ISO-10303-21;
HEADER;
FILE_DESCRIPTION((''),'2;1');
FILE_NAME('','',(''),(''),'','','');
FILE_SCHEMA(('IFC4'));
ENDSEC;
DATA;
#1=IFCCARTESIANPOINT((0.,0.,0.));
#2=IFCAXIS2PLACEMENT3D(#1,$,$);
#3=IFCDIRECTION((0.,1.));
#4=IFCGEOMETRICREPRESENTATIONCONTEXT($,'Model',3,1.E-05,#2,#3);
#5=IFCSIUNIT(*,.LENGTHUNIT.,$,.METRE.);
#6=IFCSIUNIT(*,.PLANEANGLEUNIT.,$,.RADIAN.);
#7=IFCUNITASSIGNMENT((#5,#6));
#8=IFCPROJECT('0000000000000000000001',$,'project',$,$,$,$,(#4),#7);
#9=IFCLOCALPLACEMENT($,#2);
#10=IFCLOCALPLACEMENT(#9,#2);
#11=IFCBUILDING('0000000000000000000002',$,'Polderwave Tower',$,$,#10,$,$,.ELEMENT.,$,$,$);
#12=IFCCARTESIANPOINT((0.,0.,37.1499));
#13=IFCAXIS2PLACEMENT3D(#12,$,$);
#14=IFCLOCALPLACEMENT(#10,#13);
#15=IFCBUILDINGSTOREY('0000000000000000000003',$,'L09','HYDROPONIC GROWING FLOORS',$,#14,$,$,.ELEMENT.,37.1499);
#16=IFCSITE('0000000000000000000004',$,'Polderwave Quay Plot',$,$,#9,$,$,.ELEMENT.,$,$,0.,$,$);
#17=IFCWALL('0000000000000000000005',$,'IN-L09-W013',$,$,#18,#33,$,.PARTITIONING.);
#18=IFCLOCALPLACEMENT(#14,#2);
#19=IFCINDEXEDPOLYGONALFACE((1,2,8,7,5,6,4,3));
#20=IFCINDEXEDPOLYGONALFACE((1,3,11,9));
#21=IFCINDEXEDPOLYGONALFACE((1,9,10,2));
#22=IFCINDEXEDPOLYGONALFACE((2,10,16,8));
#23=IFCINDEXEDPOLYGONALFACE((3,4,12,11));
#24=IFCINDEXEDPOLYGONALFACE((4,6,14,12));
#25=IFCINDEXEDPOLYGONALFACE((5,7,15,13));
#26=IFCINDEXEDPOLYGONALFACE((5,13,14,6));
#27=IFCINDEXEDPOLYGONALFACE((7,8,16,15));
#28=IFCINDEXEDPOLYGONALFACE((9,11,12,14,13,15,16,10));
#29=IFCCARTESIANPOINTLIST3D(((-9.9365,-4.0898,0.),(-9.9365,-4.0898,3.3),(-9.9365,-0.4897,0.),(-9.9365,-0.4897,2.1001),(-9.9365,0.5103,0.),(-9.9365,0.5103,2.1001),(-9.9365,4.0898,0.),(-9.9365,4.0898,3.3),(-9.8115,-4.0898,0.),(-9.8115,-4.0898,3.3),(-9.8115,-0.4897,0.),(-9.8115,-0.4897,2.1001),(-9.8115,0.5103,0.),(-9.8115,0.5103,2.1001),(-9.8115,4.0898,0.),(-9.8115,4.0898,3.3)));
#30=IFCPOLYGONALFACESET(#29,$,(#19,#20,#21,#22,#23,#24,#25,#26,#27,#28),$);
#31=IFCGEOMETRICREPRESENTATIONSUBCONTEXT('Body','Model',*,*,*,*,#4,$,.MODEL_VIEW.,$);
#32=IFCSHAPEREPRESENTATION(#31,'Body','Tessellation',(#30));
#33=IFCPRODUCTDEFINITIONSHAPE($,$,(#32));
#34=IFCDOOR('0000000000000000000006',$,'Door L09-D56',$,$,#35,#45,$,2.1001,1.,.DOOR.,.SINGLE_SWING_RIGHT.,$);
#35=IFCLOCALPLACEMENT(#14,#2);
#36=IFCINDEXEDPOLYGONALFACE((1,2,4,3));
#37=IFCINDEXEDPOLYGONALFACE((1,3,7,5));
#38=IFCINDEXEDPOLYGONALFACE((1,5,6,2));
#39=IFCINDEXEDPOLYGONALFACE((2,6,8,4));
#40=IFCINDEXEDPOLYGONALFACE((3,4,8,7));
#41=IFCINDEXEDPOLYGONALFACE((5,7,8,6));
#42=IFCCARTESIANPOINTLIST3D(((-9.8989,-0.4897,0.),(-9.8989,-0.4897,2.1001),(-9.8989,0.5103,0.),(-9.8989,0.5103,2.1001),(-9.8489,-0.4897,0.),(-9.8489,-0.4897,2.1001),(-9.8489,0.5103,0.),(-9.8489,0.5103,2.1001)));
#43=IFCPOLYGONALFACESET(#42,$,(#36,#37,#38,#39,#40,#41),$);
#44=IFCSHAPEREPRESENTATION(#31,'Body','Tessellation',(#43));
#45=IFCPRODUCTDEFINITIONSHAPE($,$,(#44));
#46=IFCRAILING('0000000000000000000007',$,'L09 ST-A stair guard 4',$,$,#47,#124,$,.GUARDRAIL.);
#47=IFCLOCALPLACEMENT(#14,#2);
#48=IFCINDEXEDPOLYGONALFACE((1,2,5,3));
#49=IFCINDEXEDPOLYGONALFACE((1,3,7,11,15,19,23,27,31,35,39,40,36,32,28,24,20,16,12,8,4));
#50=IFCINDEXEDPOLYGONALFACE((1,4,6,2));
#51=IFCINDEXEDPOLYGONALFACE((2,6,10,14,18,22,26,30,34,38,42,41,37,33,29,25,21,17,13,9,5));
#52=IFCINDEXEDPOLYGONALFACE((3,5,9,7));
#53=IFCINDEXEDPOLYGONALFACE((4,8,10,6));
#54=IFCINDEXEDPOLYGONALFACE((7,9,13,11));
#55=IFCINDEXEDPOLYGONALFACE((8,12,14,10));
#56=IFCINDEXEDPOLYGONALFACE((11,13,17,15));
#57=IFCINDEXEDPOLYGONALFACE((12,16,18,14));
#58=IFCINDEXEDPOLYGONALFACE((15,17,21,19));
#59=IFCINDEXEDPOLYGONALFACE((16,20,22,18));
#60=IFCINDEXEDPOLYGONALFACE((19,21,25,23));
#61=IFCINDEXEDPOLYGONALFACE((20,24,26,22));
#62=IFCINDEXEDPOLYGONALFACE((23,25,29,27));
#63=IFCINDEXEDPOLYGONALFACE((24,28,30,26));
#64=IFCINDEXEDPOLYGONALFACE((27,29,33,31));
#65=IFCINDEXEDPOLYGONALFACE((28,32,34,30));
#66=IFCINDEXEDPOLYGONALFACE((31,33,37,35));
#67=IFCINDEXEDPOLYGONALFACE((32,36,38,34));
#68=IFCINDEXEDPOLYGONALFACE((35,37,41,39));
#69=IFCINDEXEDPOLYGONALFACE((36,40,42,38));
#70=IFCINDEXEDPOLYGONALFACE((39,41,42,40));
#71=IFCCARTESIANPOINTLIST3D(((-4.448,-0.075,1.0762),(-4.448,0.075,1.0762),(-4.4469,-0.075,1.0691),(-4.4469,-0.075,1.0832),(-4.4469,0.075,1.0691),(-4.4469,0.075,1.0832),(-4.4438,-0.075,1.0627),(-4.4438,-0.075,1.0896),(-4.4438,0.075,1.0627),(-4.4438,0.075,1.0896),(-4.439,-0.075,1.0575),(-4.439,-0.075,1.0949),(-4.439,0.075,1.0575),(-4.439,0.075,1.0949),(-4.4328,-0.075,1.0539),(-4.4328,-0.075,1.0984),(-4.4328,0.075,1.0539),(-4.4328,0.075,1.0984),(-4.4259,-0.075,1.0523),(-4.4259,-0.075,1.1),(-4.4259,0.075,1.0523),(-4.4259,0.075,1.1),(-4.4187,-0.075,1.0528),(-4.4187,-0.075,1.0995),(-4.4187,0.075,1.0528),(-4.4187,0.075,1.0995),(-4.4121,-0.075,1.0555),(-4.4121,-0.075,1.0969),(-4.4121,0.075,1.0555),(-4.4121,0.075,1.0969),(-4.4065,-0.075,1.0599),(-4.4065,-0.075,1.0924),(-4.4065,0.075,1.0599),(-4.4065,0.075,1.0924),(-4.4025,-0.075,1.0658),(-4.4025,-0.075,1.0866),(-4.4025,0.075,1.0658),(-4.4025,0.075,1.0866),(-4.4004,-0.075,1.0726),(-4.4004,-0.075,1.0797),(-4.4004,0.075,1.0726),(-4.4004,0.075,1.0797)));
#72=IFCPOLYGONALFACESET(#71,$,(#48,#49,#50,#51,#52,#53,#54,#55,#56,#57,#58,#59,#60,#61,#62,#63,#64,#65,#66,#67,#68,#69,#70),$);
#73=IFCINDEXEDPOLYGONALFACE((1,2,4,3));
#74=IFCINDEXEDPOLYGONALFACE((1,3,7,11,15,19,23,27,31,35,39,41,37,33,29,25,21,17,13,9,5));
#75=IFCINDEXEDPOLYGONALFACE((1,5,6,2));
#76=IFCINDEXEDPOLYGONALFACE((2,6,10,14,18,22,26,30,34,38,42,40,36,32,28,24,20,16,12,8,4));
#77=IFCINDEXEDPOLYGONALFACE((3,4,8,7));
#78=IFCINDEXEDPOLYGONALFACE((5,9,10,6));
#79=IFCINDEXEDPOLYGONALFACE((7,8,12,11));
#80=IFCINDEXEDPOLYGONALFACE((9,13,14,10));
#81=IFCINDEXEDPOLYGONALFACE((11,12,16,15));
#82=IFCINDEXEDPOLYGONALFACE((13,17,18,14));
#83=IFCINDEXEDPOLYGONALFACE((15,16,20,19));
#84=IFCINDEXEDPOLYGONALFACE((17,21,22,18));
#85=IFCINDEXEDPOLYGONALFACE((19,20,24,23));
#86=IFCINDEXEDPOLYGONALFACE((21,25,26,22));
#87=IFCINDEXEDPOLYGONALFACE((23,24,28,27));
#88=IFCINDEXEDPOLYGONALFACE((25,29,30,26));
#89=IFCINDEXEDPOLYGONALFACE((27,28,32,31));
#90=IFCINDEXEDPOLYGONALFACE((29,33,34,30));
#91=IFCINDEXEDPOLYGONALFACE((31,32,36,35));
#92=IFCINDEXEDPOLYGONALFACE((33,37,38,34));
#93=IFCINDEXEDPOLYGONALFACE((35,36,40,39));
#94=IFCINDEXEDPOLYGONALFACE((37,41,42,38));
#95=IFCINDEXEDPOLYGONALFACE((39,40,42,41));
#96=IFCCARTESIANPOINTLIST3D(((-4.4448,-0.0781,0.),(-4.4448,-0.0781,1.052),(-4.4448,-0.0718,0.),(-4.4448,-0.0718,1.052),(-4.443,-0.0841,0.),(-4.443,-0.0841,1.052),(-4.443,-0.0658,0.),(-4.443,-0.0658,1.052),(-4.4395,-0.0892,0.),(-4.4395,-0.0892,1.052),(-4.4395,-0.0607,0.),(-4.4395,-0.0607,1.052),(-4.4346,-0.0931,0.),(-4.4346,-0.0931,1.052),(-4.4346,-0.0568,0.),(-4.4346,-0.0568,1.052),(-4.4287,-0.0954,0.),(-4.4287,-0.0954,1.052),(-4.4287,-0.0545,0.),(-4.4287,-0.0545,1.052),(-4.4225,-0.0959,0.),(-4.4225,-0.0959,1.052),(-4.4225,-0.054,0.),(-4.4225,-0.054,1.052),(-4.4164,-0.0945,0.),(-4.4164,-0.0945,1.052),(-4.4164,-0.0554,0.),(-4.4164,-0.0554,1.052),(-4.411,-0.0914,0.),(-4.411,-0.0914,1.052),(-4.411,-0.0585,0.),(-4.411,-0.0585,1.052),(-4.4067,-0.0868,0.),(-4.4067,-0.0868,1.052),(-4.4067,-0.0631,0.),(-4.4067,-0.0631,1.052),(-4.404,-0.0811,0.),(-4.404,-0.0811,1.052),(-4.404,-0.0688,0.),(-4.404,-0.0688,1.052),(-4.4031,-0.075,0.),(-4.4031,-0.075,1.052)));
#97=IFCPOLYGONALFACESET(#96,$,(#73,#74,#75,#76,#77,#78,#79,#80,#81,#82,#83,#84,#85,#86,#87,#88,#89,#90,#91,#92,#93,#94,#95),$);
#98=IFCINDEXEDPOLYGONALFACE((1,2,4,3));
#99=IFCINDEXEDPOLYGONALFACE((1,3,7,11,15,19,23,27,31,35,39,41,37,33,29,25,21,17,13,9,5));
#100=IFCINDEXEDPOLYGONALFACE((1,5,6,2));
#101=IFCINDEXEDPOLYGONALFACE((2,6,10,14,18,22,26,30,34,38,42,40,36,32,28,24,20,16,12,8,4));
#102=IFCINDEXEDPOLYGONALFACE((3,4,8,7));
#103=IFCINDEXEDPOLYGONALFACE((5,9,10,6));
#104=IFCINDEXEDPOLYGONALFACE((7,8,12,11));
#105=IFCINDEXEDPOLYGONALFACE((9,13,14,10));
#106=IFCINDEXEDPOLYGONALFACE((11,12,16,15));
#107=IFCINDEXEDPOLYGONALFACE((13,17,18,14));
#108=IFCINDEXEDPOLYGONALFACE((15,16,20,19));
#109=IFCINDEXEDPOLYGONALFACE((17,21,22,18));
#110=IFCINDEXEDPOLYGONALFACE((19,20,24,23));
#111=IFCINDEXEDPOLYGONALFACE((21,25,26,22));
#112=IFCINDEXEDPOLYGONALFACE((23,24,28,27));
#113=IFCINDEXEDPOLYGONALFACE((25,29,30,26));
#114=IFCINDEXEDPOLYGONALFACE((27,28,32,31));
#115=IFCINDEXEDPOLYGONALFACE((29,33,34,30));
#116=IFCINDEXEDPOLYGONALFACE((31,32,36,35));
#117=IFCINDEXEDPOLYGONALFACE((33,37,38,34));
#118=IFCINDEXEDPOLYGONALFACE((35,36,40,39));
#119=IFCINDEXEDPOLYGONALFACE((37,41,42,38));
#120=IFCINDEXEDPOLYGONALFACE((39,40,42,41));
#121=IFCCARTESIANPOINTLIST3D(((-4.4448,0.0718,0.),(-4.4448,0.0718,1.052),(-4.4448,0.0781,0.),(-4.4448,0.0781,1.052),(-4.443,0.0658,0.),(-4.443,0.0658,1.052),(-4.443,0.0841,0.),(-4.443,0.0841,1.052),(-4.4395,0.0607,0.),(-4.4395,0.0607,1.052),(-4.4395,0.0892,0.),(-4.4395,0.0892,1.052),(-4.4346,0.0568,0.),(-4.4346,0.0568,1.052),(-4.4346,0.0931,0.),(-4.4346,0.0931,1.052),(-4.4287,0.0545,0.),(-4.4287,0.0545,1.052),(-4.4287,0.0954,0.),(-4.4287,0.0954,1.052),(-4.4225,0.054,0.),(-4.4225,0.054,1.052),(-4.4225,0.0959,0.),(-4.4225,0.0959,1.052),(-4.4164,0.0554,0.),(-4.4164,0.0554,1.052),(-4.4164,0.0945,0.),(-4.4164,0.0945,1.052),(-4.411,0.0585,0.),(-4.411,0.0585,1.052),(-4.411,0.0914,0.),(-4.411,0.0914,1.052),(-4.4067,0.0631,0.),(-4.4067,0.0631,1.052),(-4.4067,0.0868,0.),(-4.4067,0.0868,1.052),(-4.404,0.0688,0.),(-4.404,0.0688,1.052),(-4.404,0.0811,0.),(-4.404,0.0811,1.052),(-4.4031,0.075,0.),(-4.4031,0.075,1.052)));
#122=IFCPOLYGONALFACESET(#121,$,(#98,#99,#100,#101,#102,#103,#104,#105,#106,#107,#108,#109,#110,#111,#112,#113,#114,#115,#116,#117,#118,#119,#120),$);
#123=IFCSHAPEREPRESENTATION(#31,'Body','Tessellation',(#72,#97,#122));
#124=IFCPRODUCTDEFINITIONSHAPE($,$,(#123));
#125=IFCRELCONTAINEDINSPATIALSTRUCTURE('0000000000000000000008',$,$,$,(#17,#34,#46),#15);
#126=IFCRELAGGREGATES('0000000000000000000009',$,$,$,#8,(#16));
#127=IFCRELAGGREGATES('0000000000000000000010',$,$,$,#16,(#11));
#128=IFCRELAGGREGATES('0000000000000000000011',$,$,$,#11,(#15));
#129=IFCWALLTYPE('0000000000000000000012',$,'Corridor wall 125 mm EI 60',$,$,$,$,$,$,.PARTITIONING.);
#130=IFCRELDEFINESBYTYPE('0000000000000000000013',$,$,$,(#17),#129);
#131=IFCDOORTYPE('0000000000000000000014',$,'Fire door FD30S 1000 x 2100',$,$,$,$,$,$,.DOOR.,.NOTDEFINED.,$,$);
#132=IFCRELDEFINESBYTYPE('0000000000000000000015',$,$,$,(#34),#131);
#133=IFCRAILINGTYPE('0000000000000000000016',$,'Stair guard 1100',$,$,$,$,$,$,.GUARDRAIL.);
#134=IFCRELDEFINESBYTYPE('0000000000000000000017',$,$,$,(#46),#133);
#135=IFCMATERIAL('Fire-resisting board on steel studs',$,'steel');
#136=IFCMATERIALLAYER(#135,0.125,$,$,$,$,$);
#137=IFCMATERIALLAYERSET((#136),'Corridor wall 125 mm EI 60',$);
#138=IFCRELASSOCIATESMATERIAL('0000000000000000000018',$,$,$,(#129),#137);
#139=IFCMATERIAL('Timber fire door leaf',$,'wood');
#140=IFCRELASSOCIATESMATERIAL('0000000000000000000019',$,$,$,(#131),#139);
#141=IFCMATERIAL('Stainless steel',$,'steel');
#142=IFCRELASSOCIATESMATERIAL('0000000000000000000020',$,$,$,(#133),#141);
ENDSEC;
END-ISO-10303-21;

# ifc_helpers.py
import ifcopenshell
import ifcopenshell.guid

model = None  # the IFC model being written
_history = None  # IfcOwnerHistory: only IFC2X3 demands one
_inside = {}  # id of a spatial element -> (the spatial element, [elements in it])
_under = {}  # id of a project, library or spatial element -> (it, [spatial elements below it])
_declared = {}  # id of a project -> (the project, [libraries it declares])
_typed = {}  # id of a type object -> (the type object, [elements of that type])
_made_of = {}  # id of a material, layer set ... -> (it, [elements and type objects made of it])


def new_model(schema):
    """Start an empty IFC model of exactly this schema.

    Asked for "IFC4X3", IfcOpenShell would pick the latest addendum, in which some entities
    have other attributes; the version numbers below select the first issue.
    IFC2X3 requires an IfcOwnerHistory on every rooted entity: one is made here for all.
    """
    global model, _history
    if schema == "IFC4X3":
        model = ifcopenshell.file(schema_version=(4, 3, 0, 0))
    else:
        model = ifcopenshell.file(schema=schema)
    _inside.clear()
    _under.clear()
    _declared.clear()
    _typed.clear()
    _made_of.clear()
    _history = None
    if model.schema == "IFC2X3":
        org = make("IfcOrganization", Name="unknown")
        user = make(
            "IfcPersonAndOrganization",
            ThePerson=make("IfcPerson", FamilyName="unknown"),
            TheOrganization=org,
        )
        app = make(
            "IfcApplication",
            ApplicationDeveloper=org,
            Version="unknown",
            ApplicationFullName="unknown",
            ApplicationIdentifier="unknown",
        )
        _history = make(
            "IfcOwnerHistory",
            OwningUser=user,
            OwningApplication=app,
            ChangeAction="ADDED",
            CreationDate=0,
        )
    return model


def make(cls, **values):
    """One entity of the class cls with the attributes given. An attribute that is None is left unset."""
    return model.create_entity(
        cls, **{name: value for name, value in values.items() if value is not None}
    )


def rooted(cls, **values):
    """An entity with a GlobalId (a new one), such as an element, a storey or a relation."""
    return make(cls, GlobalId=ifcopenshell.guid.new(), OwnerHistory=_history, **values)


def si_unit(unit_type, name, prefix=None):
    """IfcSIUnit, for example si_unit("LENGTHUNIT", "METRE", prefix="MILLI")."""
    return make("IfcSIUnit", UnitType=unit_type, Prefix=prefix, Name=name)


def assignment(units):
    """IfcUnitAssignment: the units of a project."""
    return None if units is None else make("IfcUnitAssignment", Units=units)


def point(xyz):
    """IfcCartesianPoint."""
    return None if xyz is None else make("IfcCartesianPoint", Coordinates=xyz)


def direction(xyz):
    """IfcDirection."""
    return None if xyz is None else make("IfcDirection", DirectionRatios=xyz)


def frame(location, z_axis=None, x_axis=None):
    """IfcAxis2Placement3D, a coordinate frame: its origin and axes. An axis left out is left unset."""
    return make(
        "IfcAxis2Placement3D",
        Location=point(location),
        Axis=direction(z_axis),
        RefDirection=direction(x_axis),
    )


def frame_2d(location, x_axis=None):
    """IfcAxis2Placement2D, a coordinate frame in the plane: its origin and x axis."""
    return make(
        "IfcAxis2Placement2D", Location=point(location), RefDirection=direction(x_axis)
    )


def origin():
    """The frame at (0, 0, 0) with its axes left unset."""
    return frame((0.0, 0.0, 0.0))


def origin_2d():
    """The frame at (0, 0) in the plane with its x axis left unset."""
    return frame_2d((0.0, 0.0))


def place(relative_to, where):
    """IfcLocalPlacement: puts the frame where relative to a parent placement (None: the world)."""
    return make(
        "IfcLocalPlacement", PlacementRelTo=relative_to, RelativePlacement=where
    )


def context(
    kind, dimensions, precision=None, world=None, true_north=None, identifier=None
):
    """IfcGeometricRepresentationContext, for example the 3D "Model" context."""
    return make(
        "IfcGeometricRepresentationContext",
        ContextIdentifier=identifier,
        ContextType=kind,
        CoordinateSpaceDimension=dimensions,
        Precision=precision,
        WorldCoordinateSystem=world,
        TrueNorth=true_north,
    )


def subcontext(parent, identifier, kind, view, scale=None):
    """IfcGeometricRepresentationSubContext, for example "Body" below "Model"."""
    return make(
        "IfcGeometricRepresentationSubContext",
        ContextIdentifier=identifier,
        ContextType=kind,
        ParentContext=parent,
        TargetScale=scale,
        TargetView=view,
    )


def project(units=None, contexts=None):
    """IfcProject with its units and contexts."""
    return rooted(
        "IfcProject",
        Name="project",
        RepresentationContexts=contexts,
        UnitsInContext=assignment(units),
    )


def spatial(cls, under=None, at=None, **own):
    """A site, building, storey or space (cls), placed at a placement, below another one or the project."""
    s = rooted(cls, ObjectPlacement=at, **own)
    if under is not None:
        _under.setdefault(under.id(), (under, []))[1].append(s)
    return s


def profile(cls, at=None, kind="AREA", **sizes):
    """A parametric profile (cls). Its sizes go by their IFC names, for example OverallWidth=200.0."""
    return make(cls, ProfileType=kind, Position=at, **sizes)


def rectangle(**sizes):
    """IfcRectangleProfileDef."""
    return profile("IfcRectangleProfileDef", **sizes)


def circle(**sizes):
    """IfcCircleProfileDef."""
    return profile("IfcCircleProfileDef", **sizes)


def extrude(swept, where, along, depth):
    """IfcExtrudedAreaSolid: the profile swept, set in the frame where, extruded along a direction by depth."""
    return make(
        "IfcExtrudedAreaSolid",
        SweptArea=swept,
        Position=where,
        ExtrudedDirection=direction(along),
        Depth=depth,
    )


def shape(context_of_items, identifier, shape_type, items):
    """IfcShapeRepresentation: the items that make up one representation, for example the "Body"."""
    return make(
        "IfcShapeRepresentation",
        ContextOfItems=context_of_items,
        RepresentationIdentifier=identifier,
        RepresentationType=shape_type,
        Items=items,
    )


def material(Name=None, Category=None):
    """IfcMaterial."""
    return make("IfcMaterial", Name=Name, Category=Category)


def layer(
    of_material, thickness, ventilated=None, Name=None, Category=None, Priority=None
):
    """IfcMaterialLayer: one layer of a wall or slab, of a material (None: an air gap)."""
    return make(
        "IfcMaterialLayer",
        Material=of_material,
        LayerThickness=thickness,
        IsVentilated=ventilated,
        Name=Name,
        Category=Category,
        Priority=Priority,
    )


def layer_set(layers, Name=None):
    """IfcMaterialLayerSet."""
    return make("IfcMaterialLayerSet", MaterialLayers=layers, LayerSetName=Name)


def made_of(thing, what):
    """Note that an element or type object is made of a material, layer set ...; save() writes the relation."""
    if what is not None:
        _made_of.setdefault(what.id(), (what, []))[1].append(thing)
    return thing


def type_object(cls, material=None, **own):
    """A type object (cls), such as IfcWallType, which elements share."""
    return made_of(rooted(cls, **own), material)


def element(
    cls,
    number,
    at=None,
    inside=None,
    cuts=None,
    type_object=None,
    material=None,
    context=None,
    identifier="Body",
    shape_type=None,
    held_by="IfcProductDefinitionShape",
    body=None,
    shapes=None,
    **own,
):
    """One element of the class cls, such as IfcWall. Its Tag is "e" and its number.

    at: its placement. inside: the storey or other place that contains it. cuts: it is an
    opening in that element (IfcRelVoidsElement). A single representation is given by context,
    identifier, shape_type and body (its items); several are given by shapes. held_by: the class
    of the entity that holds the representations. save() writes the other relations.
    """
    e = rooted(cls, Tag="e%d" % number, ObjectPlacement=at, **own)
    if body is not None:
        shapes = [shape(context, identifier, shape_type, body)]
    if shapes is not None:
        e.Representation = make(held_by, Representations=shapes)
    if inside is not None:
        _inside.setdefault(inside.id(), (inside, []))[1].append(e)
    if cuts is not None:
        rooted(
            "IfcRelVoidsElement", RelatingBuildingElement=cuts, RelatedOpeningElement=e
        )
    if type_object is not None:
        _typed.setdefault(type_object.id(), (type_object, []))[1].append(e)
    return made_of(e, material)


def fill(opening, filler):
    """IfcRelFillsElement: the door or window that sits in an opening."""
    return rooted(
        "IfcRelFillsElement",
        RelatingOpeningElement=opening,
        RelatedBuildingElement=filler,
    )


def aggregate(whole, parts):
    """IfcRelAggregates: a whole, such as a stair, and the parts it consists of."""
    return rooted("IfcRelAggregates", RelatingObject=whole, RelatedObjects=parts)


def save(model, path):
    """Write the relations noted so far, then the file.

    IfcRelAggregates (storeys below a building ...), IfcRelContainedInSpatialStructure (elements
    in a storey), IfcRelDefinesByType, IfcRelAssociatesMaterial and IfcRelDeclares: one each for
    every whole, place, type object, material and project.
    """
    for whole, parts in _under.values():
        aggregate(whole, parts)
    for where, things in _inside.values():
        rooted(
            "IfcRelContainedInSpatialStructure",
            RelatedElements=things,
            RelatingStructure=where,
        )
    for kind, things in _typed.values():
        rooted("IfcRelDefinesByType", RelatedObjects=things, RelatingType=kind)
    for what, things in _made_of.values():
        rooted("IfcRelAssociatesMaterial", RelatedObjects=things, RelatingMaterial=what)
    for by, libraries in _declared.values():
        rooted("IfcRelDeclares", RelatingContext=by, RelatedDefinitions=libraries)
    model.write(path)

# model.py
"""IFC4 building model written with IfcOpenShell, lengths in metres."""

from ifc_helpers import new_model, si_unit, direction, frame, frame_2d, origin, origin_2d, place, context, subcontext, project, spatial, rectangle, circle, extrude, material, layer, layer_set, type_object, element, fill, save


model = new_model("IFC4")

# Units and contexts
model_context = context("Model", 3, precision=1e-05, world=origin(), true_north=direction((0.0, 1.0)))
body_context = subcontext(model_context, "Body", "Model", "MODEL_VIEW")
ifc_project = project(units=[si_unit("LENGTHUNIT", "METRE"), si_unit("PLANEANGLEUNIT", "RADIAN")], contexts=[model_context])

# Site, building, storey
site_placement = place(None, origin())
site = spatial("IfcSite", under=ifc_project, at=site_placement, Name="Polderwave Quay Plot", CompositionType="ELEMENT", RefElevation=0.0)
building_placement = place(site_placement, origin())
building = spatial("IfcBuilding", under=site, at=building_placement, Name="Polderwave Tower", CompositionType="ELEMENT")
storey_placement = place(building_placement, frame((0.0, 0.0, 37.1499)))
storey = spatial("IfcBuildingStorey", under=building, at=storey_placement, Name="L09", Description="HYDROPONIC GROWING FLOORS", CompositionType="ELEMENT", Elevation=37.1499)

# Shared definitions
ifc_material_1 = material(Name="Stainless steel", Category="steel")

# Wall, opening, door
ifc_material_2 = material(Name="Fire-resisting board on steel studs", Category="steel")
ifc_layer_1 = layer(ifc_material_2, 0.125)
ifc_layer_set_1 = layer_set([ifc_layer_1], Name="Corridor wall 125 mm EI 60")
wall_type_1 = type_object("IfcWallType", Name="Corridor wall 125 mm EI 60", PredefinedType="PARTITIONING", material=ifc_layer_set_1)
wall_1_placement = place(storey_placement, frame((-9.874, -4.0898, 0.0), z_axis=(0.0, 0.0, 1.0), x_axis=(0.0, 1.0, 0.0)))
wall_1 = element("IfcWall", 1, at=wall_1_placement, inside=storey, type_object=wall_type_1, Name="IN-L09-W013", PredefinedType="PARTITIONING", context=body_context, shape_type="SweptSolid", body=[
    extrude(rectangle(XDim=8.1797, YDim=0.125, at=frame_2d((4.0898, 0.0))), origin(), (0.0, 0.0, 1.0), 3.3),
])
opening_1_placement = place(wall_1_placement, frame((3.6001, 0.0, 0.0)))
opening_1 = element("IfcOpeningElement", 2, at=opening_1_placement, cuts=wall_1, PredefinedType="OPENING", context=body_context, shape_type="SweptSolid", body=[
    extrude(rectangle(XDim=1.0, YDim=2.1001, at=frame_2d((0.5, 1.05))), frame((0.0, 0.0725, 0.0), z_axis=(0.0, -1.0, 0.0), x_axis=(1.0, 0.0, 0.0)), (0.0, 0.0, 1.0), 0.145),
])
ifc_material_3 = material(Name="Timber fire door leaf", Category="wood")
door_type_1 = type_object("IfcDoorType", Name="Fire door FD30S 1000 x 2100", OperationType="NOTDEFINED", PredefinedType="DOOR", material=ifc_material_3)
door_1_placement = place(opening_1_placement, origin())
door_1 = element("IfcDoor", 3, at=door_1_placement, inside=storey, type_object=door_type_1, Name="Door L09-D56", OperationType="SINGLE_SWING_RIGHT", OverallHeight=2.1001, OverallWidth=1.0, PredefinedType="DOOR", context=body_context, shape_type="SweptSolid", body=[
    extrude(rectangle(XDim=1.0, YDim=2.1001, at=frame_2d((0.5, 1.05))), frame((0.0, 0.0249, 0.0), z_axis=(0.0, -1.0, 0.0), x_axis=(1.0, 0.0, 0.0)), (0.0, 0.0, 1.0), 0.05),
])
fill(opening_1, door_1)

# Railing
railing_type_1 = type_object("IfcRailingType", Name="Stair guard 1100", PredefinedType="GUARDRAIL", material=ifc_material_1)
railing_1_placement = place(storey_placement, frame((-4.4241, -0.075, 0.0)))
element("IfcRailing", 4, at=railing_1_placement, inside=storey, type_object=railing_type_1, Name="L09 ST-A stair guard 4", PredefinedType="GUARDRAIL", context=body_context, shape_type="SweptSolid", body=[
    extrude(circle(Radius=0.0239, at=origin_2d()), frame((0.0, 0.0, 1.0762), z_axis=(0.0, 1.0, 0.0), x_axis=(-1.0, 0.0, 0.0)), (0.0, 0.0, 1.0), 0.1499),
    extrude(circle(Radius=0.021, at=origin_2d()), origin(), (0.0, 0.0, 1.0), 1.052),
    extrude(circle(Radius=0.021, at=origin_2d()), frame((0.0, 0.1499, 0.0)), (0.0, 0.0, 1.0), 1.052),
])

save(model, "model.ifc")
